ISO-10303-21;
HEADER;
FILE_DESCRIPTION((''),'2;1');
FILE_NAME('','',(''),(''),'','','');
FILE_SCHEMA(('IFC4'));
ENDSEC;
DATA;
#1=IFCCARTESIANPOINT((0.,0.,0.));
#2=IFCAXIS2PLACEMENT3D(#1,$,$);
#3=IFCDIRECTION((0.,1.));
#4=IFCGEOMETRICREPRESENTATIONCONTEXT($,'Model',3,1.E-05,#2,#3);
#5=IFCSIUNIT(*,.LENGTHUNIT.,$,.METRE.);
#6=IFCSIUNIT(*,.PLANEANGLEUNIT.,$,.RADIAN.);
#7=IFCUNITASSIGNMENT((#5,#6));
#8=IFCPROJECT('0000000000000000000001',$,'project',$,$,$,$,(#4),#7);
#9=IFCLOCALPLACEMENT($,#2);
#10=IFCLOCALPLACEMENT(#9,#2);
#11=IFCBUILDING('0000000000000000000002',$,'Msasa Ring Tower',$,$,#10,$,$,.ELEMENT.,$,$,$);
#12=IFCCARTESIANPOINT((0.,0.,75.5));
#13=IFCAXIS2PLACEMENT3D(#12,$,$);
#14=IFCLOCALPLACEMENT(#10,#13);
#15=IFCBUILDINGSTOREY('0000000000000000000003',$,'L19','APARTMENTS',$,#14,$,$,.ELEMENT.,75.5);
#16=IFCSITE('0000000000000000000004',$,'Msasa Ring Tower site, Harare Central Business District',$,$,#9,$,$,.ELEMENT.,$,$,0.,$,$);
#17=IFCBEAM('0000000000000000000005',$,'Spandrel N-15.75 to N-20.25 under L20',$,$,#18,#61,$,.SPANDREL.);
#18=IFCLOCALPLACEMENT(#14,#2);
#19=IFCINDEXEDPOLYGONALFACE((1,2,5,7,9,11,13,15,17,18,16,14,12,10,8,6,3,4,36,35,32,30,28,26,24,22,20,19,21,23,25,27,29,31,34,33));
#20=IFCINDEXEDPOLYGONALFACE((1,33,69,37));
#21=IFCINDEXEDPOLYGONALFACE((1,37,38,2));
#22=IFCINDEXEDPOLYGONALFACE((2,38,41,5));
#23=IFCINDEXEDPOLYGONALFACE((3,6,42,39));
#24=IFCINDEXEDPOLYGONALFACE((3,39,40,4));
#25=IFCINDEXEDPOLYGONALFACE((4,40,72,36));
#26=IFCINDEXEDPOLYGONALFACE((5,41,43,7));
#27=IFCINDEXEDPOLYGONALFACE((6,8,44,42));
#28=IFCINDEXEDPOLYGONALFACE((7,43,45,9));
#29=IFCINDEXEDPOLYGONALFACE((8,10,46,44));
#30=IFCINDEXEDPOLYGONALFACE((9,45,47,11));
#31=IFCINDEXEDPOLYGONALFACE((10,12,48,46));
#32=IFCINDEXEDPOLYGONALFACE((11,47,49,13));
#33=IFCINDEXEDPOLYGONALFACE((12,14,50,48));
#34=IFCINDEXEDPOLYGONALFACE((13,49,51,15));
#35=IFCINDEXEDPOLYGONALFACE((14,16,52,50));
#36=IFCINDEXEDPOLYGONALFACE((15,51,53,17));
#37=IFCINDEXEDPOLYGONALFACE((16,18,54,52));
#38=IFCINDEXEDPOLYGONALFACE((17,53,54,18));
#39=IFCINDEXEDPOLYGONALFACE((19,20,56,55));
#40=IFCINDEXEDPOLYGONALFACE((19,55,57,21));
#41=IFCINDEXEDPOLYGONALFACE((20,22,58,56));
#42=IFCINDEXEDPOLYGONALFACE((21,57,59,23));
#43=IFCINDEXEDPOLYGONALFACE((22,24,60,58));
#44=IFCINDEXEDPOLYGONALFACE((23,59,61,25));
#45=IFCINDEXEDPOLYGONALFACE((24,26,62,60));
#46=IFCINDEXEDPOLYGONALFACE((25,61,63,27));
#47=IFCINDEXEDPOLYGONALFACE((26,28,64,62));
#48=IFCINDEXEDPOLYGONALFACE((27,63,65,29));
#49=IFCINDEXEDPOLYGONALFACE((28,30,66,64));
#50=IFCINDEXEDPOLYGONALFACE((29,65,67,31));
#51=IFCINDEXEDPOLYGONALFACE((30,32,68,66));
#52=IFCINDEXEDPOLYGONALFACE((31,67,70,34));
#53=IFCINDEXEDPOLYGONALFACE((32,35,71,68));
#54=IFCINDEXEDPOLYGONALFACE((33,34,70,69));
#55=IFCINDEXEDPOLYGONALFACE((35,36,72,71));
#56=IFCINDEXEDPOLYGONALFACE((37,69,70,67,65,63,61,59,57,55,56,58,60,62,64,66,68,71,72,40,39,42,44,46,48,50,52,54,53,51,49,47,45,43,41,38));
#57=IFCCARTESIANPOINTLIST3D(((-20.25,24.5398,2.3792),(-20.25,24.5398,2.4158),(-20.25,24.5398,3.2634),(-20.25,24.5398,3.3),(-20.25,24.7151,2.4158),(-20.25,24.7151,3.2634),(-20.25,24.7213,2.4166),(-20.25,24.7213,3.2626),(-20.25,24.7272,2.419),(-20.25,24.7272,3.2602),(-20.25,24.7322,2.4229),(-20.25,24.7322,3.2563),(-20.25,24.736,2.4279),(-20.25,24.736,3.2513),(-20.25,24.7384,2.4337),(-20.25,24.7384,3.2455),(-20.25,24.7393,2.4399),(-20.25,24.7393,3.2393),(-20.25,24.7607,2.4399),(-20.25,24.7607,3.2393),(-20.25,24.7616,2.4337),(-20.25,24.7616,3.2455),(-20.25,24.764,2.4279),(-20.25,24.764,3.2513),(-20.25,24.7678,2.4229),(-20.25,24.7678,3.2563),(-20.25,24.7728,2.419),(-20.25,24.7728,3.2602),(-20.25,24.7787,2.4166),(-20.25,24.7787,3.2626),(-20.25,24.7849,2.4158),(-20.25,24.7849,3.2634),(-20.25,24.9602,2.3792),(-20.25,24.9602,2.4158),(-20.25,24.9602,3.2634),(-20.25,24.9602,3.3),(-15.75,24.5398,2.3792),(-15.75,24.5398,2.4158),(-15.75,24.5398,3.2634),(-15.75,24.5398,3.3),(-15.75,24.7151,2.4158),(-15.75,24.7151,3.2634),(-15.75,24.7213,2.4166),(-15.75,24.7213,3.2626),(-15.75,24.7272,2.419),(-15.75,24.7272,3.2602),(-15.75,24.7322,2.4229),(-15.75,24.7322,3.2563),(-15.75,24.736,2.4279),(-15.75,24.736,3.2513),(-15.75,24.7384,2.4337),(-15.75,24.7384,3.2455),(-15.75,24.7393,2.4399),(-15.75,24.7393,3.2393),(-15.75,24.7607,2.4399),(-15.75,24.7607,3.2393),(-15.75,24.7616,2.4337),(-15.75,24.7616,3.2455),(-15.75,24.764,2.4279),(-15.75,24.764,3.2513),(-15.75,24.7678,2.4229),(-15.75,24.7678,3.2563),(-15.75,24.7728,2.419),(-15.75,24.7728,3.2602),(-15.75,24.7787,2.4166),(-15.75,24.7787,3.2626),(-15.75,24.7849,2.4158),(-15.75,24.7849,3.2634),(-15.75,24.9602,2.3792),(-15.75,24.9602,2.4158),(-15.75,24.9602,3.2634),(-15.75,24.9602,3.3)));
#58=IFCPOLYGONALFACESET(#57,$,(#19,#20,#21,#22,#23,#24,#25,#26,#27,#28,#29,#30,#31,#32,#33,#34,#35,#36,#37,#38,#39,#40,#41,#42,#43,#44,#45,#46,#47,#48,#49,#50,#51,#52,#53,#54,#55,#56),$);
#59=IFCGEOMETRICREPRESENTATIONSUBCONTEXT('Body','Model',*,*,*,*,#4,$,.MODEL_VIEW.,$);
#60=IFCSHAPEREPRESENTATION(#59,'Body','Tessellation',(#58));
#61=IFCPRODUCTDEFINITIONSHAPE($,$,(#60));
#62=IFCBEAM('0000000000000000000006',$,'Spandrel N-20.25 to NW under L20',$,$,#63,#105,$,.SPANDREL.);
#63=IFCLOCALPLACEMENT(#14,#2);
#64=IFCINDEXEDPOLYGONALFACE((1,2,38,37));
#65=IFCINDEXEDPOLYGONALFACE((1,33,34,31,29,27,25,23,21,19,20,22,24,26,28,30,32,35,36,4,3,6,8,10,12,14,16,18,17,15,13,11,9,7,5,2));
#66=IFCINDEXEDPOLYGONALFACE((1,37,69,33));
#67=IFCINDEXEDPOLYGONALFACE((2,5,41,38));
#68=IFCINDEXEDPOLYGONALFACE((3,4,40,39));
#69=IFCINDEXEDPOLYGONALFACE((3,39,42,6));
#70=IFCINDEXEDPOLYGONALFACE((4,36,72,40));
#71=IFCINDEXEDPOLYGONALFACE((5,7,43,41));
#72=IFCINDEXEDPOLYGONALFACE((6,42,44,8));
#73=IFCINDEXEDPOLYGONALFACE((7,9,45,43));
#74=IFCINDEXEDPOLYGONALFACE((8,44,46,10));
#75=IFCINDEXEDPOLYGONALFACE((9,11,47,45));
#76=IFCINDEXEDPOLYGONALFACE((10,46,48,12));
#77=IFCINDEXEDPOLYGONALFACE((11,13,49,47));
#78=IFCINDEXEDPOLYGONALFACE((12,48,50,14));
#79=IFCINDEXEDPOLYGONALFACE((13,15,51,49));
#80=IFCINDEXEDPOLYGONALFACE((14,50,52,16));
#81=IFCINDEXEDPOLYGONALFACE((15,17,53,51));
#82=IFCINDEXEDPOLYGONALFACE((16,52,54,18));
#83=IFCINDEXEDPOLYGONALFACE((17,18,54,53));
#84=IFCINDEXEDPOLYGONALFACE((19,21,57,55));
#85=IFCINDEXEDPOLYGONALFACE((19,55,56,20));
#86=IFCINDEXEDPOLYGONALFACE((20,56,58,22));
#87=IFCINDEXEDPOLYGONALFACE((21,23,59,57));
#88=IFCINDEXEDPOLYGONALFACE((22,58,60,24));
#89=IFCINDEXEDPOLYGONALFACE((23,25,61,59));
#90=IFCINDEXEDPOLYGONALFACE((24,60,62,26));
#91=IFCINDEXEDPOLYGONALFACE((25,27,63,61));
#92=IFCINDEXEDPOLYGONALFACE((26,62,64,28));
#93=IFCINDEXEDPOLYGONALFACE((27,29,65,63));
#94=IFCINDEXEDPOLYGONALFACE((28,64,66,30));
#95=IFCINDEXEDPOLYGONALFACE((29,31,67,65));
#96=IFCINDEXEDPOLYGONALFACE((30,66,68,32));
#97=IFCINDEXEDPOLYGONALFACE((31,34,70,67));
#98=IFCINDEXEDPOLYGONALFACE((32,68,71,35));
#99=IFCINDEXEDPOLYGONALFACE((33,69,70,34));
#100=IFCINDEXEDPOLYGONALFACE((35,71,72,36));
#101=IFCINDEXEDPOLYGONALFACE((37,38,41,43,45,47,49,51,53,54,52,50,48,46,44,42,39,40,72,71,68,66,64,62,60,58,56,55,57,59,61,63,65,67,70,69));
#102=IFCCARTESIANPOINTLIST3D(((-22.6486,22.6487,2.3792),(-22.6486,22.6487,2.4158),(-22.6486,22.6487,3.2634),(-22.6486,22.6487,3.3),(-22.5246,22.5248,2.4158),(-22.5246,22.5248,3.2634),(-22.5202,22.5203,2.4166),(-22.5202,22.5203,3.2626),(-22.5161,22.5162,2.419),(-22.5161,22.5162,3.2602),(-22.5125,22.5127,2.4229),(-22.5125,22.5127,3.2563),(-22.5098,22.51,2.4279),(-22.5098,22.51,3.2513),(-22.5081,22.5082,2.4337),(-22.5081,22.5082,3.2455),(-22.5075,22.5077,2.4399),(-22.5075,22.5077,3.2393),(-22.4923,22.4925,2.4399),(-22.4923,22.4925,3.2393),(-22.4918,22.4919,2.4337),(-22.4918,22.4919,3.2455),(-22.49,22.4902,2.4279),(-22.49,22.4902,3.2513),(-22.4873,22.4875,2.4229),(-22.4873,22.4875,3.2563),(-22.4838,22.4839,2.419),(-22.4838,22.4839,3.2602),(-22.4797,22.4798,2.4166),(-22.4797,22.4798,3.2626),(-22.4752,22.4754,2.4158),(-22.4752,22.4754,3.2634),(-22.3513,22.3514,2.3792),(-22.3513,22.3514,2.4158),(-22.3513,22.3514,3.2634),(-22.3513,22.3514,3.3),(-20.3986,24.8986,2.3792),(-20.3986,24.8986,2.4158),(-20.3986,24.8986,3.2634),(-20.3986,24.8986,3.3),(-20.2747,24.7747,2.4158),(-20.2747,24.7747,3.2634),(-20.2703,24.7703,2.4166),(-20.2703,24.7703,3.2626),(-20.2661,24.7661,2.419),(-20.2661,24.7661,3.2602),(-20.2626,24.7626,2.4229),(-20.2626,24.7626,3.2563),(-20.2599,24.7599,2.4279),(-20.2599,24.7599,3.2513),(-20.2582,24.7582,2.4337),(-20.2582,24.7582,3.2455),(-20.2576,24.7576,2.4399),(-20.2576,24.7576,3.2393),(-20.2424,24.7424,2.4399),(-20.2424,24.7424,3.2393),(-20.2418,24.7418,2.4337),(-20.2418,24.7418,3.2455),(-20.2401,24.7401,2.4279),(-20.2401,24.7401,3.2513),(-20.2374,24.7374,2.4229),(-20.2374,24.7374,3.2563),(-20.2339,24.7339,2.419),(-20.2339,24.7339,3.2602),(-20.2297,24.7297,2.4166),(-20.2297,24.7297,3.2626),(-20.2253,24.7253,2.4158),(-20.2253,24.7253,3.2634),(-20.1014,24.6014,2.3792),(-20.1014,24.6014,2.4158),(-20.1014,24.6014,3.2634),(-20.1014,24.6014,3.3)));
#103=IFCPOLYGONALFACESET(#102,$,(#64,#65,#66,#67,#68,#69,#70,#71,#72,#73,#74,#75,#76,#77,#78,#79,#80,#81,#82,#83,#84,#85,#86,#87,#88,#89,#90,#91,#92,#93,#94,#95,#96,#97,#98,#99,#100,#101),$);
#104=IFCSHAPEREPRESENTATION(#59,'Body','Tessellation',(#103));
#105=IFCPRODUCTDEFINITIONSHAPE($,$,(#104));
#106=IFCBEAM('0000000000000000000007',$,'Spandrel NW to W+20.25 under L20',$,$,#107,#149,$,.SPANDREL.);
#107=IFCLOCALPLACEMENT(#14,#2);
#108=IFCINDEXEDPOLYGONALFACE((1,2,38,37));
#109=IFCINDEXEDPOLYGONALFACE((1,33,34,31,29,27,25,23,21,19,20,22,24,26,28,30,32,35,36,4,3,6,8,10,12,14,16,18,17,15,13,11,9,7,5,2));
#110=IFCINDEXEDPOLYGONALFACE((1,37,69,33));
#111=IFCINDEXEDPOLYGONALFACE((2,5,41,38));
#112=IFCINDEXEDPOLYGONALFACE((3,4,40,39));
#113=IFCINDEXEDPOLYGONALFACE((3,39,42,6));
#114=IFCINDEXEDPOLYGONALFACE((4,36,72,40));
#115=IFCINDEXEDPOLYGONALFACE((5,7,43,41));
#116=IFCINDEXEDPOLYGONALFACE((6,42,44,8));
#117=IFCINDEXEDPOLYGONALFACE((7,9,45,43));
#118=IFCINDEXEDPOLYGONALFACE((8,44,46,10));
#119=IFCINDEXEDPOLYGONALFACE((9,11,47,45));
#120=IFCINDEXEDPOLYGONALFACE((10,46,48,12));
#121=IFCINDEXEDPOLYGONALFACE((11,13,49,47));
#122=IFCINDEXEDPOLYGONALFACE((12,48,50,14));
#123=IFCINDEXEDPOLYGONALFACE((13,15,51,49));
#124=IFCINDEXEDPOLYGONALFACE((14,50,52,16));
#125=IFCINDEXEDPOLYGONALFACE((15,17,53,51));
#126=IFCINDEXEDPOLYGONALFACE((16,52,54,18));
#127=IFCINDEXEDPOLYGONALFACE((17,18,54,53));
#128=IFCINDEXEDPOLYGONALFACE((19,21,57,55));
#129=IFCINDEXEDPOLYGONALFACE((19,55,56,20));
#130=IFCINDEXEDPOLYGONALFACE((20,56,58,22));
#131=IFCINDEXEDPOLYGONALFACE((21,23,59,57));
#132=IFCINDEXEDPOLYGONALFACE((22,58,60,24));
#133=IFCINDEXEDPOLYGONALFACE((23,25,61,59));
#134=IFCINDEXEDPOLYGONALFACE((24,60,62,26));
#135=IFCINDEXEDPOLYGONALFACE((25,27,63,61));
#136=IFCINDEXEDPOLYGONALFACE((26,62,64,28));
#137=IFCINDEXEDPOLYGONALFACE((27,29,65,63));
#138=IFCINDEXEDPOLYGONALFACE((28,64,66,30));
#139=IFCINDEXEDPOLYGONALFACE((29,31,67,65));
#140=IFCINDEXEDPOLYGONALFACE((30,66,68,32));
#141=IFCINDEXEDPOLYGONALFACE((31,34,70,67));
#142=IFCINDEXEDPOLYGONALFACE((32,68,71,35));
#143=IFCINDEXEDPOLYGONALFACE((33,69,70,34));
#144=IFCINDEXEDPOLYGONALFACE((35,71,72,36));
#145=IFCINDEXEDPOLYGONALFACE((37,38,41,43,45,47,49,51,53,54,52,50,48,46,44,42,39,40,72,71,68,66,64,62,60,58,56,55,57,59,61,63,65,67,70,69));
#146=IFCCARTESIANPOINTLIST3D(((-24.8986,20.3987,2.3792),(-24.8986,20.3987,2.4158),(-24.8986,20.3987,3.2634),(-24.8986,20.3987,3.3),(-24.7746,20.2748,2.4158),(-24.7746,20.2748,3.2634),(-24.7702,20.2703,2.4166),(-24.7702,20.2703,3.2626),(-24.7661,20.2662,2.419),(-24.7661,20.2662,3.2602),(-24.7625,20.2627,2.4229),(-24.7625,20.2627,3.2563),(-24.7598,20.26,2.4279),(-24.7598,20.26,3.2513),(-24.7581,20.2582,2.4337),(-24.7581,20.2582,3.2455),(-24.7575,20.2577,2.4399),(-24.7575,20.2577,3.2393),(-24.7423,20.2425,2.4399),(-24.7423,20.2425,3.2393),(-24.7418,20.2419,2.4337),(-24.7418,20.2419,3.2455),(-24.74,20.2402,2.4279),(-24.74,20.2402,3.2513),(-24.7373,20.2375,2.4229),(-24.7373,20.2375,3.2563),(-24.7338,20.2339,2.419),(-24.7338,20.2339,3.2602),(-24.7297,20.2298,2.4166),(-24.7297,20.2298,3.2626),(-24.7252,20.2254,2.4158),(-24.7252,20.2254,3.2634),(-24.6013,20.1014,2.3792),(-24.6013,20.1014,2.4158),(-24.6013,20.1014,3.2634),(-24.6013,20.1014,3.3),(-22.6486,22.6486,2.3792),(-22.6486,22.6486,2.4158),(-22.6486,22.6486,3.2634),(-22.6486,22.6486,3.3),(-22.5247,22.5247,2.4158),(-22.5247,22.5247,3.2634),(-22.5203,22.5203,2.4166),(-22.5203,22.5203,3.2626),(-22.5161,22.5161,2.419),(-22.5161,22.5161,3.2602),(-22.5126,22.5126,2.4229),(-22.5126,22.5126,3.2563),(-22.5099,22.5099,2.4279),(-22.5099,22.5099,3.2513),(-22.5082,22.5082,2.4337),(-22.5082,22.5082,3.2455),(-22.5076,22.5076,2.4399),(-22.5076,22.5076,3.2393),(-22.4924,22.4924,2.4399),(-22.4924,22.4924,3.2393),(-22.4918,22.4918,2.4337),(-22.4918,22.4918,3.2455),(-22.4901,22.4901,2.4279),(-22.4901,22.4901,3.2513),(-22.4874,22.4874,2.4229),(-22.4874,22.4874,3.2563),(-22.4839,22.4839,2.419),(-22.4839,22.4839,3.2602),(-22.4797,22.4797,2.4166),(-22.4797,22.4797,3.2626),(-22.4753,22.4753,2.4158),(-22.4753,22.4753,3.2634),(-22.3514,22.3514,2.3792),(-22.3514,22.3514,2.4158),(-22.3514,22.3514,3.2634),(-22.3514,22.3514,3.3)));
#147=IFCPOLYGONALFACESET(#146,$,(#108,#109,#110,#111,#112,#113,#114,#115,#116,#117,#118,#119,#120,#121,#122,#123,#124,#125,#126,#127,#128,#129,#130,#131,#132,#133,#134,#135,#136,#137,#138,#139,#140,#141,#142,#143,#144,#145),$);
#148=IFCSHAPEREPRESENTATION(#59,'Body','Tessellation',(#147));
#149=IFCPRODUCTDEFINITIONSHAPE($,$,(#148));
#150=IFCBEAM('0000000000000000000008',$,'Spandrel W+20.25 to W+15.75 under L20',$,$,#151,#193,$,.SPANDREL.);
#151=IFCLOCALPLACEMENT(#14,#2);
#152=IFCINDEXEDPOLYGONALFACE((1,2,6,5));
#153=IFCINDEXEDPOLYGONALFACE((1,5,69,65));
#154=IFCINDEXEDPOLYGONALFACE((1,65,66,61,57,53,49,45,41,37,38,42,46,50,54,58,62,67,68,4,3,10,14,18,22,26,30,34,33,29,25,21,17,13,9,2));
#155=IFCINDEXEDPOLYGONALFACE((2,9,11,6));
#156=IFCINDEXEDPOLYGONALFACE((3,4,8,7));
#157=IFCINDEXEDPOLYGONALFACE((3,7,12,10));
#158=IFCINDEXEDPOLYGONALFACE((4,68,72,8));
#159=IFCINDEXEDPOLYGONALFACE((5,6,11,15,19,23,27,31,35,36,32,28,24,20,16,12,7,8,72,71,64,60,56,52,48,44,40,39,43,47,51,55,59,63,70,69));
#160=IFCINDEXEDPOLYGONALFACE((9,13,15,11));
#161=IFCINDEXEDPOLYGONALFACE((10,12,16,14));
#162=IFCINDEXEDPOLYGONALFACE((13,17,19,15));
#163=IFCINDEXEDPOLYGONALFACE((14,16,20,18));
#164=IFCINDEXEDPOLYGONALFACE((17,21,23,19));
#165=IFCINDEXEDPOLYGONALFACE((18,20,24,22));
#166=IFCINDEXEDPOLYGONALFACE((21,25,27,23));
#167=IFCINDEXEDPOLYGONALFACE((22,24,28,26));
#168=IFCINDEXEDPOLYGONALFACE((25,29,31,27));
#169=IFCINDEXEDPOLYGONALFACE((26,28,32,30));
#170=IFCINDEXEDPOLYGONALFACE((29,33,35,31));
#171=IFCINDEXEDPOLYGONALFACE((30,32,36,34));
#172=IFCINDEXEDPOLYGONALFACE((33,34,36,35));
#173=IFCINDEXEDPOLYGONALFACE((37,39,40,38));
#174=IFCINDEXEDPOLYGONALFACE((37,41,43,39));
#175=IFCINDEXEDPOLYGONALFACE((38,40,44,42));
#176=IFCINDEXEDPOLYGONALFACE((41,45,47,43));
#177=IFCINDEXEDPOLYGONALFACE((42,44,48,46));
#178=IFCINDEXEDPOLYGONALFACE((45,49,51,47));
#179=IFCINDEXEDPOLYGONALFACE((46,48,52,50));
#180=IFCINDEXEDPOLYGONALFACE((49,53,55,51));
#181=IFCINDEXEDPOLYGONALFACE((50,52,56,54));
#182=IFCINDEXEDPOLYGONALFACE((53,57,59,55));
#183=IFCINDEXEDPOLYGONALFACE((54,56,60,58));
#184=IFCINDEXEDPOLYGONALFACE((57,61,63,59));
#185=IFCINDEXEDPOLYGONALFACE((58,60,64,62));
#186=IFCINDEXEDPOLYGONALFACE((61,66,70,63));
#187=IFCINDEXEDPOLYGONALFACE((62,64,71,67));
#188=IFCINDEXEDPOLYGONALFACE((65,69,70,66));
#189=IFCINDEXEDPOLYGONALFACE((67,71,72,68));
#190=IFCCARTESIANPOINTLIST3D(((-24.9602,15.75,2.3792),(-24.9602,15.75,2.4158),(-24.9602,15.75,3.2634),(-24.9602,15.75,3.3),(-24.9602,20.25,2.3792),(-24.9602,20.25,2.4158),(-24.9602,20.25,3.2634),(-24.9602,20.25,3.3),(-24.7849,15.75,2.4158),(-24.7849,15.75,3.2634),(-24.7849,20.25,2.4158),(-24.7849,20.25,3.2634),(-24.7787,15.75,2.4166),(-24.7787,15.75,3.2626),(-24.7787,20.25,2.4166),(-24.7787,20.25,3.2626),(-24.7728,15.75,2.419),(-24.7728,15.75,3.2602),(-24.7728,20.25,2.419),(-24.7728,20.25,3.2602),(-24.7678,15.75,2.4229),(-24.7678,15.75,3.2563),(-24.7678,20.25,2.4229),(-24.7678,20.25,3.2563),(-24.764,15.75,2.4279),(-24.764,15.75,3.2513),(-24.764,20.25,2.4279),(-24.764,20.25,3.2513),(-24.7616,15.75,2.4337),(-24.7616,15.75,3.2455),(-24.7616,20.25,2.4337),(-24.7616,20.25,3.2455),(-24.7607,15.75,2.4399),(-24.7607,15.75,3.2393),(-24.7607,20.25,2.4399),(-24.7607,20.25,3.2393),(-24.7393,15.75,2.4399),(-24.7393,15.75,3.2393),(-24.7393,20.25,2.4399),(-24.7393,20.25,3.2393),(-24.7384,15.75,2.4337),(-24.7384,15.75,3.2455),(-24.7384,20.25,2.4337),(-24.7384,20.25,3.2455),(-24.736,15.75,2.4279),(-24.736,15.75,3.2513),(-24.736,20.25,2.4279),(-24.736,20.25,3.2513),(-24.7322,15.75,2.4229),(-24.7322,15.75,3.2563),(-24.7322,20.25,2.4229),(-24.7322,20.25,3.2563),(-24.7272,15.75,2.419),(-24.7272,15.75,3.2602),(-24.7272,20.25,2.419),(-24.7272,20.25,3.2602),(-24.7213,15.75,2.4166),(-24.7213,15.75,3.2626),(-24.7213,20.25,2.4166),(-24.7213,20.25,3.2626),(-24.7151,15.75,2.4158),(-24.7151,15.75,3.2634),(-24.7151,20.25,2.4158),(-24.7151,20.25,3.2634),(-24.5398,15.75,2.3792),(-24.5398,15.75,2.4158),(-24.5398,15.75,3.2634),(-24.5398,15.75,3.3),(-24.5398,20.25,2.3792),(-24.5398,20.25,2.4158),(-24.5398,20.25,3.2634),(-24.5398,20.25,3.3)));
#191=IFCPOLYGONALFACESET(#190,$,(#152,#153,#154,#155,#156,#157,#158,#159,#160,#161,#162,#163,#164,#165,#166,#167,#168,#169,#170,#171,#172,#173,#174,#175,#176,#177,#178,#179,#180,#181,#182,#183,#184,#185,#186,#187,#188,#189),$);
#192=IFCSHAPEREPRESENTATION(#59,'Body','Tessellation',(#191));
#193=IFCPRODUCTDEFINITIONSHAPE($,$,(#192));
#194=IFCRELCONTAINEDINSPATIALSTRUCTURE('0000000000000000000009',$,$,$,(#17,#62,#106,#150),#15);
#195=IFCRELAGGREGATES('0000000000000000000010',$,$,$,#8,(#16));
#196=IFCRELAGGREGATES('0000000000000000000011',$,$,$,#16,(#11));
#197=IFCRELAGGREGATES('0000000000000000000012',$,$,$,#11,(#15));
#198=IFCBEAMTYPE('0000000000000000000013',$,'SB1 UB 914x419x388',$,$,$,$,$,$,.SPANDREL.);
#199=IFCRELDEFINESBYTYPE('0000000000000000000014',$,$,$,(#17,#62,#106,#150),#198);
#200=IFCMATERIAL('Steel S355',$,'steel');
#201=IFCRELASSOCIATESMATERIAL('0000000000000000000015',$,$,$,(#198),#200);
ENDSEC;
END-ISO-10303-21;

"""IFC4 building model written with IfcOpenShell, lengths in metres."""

from ifc_helpers import new_model, si_unit, direction, frame, origin, origin_2d, place, context, subcontext, project, spatial, i_section, extrude, material, material_profile, profile_set, type_object, element, save


model = new_model("IFC4")

# Units and contexts
model_context = context("Model", 3, precision=1e-05, world=origin(), true_north=direction((0.0, 1.0)))
body_context = subcontext(model_context, "Body", "Model", "MODEL_VIEW")
ifc_project = project(units=[si_unit("LENGTHUNIT", "METRE"), si_unit("PLANEANGLEUNIT", "RADIAN")], contexts=[model_context])

# Site, building, storey
site_placement = place(None, origin())
site = spatial("IfcSite", under=ifc_project, at=site_placement, Name="Msasa Ring Tower site, Harare Central Business District", CompositionType="ELEMENT", RefElevation=0.0)
building_placement = place(site_placement, origin())
building = spatial("IfcBuilding", under=site, at=building_placement, Name="Msasa Ring Tower", CompositionType="ELEMENT")
storey_placement = place(building_placement, frame((0.0, 0.0, 75.5)))
storey = spatial("IfcBuildingStorey", under=building, at=storey_placement, Name="L19", Description="APARTMENTS", CompositionType="ELEMENT", Elevation=75.5)

# Beams
ifc_material_1 = material(Name="Steel S355", Category="steel")
ifc_material_profile_1 = material_profile(ifc_material_1, i_section(OverallWidth=0.4204, OverallDepth=0.9209, WebThickness=0.0215, FlangeThickness=0.0366, FilletRadius=0.0242, at=origin_2d()), Name="UB 914x419x388")
ifc_profile_set_1 = profile_set([ifc_material_profile_1], Name="Steel S355")
beam_type_1 = type_object("IfcBeamType", Name="SB1 UB 914x419x388", PredefinedType="SPANDREL", material=ifc_profile_set_1)
beam_1_placement = place(storey_placement, frame((-15.75, 24.75, 2.8396), z_axis=(-1.0, 0.0, 0.0), x_axis=(0.0, -1.0, 0.0)))
element("IfcBeam", 1, at=beam_1_placement, inside=storey, type_object=beam_type_1, Name="Spandrel N-15.75 to N-20.25 under L20", PredefinedType="SPANDREL", context=body_context, shape_type="SweptSolid", body=[
    extrude(i_section(OverallWidth=0.4204, OverallDepth=0.9209, WebThickness=0.0215, FlangeThickness=0.0366, FilletRadius=0.0242, at=origin_2d()), origin(), (0.0, 0.0, 1.0), 4.5),
])
for number, where, z_axis, x_axis, name in (
    (2, (-20.25, 24.75, 2.8396), (-0.707107, -0.707107, 0.0), (0.707107, -0.707107, 0.0), "Spandrel N-20.25 to NW under L20"),
    (3, (-22.5, 22.5, 2.8396), (-0.707107, -0.707107, 0.0), (0.707107, -0.707107, 0.0), "Spandrel NW to W+20.25 under L20"),
):
    element("IfcBeam", number, at=place(storey_placement, frame(where, z_axis=z_axis, x_axis=x_axis)), inside=storey, type_object=beam_type_1, Name=name, PredefinedType="SPANDREL", context=body_context, shape_type="SweptSolid", body=[
        extrude(i_section(OverallWidth=0.4204, OverallDepth=0.9209, WebThickness=0.0215, FlangeThickness=0.0366, FilletRadius=0.0242, at=origin_2d()), origin(), (0.0, 0.0, 1.0), 3.1819),
    ])
beam_2_placement = place(storey_placement, frame((-24.75, 20.25, 2.8396), z_axis=(0.0, -1.0, 0.0), x_axis=(1.0, 0.0, 0.0)))
element("IfcBeam", 4, at=beam_2_placement, inside=storey, type_object=beam_type_1, Name="Spandrel W+20.25 to W+15.75 under L20", PredefinedType="SPANDREL", context=body_context, shape_type="SweptSolid", body=[
    extrude(i_section(OverallWidth=0.4204, OverallDepth=0.9209, WebThickness=0.0215, FlangeThickness=0.0366, FilletRadius=0.0242, at=origin_2d()), origin(), (0.0, 0.0, 1.0), 4.5),
])

save(model, "model.ifc")
